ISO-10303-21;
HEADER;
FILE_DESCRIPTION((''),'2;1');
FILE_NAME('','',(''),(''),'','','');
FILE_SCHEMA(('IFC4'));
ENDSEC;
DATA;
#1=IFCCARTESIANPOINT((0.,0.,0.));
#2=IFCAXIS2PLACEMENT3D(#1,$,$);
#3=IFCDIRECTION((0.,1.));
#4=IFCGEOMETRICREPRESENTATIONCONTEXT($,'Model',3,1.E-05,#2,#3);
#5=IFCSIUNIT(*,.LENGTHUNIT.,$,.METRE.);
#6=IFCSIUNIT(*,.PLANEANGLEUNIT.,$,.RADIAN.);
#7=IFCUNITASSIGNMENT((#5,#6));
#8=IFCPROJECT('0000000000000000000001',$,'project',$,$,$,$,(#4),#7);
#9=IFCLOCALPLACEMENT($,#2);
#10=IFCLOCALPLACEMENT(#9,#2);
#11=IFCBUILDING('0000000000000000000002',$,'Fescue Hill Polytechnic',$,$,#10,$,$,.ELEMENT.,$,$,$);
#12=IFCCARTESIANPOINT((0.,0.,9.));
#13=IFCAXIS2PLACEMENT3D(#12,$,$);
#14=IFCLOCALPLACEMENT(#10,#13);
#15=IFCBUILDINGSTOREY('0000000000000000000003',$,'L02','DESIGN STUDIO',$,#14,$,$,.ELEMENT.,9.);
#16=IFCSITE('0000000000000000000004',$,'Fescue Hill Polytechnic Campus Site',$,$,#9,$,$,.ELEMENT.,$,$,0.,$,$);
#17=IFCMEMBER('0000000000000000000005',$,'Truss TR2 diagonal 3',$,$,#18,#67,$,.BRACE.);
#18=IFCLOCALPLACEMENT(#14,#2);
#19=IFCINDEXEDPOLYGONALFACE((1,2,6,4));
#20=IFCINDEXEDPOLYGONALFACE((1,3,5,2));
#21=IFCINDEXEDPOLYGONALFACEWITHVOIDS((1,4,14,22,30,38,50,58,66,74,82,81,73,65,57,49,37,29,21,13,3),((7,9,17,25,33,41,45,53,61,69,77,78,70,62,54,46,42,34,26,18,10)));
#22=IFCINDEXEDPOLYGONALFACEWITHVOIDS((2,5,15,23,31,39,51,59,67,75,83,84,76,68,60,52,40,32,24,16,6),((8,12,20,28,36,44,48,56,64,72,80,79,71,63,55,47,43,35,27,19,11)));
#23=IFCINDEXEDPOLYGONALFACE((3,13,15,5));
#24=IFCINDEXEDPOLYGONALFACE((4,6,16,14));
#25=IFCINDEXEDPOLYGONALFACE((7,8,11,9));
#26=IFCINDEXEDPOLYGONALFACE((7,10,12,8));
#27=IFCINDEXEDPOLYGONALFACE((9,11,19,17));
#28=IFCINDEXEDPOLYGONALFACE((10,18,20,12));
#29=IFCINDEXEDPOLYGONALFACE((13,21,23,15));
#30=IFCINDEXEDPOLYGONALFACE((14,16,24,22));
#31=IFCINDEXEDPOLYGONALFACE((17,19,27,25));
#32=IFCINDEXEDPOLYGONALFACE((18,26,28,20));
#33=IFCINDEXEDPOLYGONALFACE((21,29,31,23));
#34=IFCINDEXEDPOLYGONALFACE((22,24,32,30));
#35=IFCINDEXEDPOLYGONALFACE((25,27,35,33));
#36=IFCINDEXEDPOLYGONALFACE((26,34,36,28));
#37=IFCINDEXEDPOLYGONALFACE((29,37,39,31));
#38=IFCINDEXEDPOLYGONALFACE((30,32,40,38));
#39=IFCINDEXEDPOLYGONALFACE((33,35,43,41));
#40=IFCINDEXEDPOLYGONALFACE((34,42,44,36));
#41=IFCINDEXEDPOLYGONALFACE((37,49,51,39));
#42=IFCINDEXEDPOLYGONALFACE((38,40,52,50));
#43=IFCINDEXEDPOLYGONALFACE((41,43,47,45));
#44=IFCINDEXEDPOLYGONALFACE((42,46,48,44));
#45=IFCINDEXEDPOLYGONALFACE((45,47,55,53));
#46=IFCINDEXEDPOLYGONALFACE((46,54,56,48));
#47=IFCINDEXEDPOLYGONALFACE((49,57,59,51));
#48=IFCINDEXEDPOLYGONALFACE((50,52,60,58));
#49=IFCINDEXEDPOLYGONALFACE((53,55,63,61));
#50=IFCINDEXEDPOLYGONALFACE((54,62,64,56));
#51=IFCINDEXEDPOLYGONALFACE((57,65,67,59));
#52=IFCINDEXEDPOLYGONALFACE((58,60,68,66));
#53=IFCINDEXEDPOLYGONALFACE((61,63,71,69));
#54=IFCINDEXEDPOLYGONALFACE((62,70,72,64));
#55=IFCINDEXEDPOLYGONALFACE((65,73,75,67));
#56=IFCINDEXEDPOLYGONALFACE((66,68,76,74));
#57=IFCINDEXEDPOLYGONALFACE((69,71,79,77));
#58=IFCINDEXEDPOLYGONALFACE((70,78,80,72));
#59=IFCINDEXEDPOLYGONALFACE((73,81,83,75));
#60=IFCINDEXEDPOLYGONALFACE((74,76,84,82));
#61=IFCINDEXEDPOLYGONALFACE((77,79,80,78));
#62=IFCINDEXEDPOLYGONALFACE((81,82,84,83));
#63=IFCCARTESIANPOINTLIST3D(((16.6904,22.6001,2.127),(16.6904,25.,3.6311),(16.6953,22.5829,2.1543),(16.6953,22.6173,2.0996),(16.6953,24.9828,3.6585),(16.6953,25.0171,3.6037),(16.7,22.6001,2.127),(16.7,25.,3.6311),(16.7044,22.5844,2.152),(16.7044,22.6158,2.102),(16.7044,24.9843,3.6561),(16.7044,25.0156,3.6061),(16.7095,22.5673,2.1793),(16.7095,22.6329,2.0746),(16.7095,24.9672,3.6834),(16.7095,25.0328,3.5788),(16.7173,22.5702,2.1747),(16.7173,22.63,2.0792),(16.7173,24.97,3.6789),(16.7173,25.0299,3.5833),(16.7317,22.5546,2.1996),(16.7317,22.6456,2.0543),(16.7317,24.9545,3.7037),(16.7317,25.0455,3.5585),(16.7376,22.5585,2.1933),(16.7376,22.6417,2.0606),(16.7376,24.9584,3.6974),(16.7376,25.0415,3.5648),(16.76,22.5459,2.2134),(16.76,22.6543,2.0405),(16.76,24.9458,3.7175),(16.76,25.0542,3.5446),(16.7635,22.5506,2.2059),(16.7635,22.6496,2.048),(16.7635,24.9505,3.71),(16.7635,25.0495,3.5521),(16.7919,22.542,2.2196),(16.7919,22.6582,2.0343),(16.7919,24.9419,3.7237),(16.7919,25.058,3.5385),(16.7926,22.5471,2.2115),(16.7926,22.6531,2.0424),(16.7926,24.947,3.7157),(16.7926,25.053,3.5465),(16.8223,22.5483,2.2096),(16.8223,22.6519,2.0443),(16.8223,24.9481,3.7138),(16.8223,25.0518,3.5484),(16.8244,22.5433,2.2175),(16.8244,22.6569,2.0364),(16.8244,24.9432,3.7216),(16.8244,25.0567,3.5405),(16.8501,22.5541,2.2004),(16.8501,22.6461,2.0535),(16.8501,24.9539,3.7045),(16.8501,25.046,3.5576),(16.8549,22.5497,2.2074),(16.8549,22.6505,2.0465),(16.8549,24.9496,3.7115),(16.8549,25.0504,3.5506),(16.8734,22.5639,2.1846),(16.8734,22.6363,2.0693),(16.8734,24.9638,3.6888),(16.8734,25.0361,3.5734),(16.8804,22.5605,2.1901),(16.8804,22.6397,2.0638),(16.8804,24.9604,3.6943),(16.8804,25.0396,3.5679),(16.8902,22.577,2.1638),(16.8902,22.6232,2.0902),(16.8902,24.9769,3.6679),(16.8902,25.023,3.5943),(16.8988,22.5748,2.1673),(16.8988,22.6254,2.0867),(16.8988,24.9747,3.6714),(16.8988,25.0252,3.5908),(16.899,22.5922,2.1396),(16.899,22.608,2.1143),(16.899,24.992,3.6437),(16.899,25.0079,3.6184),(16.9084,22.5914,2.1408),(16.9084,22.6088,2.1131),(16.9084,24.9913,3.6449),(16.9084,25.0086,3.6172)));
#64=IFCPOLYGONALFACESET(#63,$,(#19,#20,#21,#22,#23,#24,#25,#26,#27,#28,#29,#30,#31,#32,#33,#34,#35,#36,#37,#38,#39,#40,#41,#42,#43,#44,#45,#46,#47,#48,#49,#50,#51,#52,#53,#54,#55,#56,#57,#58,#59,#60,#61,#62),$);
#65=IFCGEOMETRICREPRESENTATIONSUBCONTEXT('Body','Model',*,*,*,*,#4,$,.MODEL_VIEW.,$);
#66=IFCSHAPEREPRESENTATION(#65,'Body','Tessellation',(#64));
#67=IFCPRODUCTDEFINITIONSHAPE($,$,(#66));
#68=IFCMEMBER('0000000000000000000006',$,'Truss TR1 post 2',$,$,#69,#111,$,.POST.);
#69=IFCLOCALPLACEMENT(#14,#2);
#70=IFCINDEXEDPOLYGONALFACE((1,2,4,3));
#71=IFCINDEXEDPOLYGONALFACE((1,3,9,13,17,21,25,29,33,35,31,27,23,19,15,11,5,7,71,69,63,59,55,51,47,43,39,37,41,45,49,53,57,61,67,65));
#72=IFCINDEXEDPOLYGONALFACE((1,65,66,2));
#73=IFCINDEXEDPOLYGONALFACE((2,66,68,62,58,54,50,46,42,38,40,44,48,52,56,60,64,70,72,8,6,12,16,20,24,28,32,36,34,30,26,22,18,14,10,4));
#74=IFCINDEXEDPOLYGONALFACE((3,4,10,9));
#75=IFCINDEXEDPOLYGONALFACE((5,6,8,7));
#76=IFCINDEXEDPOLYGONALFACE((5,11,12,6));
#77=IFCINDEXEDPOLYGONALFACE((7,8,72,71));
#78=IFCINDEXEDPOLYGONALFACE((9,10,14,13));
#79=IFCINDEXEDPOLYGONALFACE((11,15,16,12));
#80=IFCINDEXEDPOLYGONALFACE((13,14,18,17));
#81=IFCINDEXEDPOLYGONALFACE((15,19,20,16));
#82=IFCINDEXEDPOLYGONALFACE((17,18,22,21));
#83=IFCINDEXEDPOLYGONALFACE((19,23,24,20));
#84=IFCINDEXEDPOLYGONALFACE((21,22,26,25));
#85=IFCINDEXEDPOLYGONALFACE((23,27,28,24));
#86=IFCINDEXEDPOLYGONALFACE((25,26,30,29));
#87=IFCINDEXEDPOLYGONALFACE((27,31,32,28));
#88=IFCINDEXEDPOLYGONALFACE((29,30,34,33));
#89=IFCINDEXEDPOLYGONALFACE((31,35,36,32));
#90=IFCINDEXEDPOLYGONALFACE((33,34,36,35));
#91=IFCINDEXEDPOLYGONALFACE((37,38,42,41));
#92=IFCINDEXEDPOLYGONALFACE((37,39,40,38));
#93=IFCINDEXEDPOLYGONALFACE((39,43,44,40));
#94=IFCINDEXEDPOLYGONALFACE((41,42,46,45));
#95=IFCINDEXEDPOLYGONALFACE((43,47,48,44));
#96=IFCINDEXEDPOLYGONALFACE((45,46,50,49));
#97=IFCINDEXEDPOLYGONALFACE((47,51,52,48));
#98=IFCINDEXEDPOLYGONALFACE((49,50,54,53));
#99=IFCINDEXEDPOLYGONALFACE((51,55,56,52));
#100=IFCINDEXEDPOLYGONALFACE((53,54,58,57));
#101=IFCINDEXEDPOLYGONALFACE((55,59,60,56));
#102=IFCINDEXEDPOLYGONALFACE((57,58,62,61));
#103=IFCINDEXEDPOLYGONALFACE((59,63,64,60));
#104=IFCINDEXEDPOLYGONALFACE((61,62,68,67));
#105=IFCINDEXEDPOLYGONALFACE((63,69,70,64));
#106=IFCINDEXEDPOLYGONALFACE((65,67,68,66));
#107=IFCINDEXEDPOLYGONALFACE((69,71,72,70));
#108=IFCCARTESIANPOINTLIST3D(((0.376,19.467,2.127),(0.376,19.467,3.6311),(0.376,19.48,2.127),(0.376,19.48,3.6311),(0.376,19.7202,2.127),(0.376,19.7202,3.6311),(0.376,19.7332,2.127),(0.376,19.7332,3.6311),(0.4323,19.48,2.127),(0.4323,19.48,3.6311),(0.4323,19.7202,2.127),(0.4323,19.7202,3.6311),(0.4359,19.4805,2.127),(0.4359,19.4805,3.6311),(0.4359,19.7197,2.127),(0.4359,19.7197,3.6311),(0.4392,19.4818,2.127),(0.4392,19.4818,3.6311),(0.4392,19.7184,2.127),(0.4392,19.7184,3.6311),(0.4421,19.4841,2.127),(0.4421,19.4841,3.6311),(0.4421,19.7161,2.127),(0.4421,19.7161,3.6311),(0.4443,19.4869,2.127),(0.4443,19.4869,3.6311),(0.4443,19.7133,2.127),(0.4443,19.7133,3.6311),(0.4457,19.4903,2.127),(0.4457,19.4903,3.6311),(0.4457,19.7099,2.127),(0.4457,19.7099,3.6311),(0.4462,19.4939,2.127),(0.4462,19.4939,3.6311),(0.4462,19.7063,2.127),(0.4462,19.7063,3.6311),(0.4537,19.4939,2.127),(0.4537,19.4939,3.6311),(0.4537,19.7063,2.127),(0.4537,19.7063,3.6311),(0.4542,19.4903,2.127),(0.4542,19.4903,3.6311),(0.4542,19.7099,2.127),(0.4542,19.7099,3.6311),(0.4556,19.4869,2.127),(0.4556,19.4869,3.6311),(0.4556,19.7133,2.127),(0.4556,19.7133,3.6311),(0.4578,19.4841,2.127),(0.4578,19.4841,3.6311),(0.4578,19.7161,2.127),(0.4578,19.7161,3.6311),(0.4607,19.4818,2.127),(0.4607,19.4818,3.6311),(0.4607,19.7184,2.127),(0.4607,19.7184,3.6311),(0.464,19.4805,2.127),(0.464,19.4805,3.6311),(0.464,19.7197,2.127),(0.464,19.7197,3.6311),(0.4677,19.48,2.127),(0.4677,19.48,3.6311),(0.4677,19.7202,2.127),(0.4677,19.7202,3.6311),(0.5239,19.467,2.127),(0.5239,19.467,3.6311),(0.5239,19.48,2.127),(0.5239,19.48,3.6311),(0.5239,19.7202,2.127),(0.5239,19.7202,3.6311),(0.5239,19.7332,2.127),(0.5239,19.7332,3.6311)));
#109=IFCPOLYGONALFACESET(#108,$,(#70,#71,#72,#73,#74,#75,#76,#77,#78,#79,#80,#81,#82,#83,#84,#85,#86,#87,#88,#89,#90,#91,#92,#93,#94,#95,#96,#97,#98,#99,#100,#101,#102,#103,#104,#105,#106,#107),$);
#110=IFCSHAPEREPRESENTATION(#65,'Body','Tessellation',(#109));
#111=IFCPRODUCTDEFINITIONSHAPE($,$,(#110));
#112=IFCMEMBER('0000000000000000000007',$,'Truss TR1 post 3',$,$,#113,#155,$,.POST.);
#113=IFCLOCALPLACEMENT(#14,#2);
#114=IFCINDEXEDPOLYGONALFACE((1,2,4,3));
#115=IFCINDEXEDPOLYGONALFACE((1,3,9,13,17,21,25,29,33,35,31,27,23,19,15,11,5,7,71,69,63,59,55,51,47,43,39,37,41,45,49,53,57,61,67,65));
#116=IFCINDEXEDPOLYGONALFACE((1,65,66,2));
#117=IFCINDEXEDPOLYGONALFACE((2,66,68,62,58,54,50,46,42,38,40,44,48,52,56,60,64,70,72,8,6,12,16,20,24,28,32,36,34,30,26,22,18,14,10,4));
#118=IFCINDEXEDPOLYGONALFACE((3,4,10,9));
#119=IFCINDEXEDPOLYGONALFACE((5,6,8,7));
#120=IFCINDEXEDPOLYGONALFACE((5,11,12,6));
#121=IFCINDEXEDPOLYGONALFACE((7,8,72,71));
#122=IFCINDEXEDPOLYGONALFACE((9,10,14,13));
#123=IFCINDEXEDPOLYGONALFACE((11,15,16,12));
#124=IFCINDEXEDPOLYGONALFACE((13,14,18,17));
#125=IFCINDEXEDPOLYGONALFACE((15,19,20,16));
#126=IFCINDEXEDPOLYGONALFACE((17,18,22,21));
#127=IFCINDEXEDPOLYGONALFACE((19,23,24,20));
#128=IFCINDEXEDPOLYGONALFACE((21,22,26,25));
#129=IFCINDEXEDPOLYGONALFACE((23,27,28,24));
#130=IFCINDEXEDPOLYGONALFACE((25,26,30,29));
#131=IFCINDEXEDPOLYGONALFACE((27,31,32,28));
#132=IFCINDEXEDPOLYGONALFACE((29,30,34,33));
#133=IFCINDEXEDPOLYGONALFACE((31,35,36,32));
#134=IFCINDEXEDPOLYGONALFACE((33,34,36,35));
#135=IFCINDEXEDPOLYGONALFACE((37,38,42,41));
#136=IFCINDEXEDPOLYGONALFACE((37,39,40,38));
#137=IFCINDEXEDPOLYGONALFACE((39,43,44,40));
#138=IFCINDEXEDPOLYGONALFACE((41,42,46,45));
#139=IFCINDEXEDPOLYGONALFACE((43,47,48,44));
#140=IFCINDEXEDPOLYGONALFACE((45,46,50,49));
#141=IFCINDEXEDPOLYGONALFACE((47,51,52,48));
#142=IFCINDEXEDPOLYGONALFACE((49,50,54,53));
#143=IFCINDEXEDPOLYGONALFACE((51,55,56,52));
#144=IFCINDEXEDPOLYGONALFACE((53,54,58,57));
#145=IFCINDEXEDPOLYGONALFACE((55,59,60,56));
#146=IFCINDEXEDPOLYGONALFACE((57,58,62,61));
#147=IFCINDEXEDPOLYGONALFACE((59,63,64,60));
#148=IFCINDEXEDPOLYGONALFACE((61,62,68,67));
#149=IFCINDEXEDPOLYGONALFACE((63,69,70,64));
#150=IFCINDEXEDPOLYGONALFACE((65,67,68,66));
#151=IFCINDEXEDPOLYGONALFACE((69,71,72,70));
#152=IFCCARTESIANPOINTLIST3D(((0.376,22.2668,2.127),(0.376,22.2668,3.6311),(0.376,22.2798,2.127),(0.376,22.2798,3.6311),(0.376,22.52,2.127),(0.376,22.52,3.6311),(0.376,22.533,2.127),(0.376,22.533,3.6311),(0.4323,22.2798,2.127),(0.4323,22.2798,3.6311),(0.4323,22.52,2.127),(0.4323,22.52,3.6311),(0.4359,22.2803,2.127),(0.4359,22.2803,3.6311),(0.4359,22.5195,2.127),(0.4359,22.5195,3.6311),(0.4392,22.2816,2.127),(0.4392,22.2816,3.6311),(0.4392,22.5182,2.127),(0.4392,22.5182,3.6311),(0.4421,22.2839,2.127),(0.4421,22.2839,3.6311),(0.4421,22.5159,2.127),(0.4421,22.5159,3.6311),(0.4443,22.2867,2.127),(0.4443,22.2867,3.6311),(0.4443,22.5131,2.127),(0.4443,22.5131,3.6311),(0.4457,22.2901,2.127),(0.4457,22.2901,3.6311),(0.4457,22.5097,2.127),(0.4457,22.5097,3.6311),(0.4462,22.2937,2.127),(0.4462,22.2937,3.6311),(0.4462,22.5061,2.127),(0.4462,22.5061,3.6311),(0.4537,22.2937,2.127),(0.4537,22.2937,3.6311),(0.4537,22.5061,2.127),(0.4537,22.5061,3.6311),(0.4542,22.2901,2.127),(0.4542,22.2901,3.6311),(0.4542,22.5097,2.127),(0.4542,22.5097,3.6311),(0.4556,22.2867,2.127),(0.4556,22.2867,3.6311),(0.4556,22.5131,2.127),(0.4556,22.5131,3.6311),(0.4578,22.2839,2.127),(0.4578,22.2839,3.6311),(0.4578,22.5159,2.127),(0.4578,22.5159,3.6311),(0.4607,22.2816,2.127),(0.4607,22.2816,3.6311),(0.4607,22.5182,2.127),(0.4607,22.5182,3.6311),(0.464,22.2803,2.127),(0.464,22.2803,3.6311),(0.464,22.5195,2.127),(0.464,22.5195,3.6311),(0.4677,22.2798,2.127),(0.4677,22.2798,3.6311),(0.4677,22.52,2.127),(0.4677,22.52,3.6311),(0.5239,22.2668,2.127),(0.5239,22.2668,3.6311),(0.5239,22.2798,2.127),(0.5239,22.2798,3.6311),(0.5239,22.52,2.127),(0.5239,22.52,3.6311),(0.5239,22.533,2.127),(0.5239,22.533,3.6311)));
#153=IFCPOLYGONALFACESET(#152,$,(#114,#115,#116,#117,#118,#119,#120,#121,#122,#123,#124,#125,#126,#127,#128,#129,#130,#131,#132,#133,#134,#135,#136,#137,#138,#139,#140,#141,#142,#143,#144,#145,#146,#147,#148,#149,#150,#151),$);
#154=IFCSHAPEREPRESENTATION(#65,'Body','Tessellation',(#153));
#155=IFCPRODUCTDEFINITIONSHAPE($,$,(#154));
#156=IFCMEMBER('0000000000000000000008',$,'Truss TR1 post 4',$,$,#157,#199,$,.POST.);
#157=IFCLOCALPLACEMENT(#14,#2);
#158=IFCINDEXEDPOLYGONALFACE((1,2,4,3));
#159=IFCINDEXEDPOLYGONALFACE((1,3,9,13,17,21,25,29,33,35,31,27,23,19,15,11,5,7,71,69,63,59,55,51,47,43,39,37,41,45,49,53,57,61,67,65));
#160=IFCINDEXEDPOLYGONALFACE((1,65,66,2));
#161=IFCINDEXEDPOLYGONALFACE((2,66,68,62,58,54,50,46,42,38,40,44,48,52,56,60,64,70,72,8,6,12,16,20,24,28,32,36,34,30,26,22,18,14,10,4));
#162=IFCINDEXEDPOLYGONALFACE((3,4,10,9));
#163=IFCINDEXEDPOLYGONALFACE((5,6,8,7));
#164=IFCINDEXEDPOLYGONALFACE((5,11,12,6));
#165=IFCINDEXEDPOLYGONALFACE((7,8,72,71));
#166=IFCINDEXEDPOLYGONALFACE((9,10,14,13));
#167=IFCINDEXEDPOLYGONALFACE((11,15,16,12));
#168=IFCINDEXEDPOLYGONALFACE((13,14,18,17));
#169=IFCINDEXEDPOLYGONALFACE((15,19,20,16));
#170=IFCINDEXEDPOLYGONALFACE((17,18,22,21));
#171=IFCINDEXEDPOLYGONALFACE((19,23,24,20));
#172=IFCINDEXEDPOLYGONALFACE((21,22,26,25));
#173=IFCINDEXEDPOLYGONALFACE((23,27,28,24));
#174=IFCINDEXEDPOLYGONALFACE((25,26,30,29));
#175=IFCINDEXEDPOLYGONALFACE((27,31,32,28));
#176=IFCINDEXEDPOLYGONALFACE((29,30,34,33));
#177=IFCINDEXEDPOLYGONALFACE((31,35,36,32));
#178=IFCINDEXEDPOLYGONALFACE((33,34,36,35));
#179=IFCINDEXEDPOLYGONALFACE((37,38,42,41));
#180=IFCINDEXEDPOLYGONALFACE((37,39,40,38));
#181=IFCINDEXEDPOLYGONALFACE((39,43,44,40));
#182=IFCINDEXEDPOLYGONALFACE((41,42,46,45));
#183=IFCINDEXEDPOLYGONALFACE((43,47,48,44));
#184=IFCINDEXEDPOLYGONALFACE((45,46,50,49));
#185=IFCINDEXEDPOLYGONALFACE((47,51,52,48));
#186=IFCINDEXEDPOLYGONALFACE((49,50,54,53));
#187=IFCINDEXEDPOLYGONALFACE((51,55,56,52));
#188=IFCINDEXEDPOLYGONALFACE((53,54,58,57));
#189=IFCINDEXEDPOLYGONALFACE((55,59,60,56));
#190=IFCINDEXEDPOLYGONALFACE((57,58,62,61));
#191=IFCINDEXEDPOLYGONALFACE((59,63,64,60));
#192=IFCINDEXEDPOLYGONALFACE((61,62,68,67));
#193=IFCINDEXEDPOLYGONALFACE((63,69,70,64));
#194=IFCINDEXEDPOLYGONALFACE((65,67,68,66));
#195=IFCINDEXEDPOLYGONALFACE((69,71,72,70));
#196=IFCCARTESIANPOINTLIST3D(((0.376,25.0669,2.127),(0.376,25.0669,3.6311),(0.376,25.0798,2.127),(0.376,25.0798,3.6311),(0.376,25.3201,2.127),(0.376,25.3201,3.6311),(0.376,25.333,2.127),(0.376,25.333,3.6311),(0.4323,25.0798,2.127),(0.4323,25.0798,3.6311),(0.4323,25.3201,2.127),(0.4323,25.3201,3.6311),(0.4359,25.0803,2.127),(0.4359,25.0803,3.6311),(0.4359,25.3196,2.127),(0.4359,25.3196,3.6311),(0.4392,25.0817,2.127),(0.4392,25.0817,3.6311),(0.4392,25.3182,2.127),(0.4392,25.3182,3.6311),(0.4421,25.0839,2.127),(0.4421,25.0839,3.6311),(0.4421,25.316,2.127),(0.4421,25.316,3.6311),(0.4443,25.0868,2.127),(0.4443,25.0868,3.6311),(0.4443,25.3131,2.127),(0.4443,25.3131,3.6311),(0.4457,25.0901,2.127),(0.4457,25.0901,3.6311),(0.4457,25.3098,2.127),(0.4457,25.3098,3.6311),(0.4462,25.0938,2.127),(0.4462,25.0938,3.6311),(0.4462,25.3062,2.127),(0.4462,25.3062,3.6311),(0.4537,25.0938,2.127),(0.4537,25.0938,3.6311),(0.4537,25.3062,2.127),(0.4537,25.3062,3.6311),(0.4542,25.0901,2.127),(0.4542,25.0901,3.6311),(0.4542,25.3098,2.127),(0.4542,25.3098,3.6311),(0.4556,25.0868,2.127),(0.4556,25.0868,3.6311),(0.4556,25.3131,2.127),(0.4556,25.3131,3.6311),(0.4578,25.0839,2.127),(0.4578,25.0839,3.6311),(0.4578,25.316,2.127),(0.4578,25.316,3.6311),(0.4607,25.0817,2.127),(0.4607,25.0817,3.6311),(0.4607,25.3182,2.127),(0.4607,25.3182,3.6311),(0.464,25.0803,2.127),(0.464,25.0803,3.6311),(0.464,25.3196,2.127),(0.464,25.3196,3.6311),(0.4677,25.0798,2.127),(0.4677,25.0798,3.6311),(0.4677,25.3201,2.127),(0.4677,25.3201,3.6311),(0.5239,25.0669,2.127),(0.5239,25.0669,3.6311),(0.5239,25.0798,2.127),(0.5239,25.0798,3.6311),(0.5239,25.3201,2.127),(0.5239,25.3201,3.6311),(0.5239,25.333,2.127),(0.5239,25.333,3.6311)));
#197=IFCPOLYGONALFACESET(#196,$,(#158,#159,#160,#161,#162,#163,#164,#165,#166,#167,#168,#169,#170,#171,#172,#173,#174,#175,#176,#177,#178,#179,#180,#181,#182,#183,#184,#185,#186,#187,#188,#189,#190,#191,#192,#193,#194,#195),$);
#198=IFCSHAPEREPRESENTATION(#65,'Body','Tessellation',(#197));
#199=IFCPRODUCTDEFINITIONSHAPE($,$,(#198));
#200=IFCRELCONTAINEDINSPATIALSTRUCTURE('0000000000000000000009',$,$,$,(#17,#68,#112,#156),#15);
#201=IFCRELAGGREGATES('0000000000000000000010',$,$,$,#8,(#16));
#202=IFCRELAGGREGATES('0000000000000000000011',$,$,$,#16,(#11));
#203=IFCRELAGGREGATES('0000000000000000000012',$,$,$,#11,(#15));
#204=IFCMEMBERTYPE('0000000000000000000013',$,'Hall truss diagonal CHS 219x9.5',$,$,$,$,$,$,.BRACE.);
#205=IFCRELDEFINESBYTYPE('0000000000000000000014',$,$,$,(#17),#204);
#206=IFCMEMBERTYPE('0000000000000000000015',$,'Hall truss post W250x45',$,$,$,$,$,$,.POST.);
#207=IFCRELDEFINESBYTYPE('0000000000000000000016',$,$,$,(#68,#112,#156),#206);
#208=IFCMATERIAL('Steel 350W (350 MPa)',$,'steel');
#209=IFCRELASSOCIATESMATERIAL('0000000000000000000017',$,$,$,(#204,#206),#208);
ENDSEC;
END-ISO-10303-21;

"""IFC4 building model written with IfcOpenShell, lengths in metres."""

from ifc_helpers import new_model, si_unit, direction, frame, origin, origin_2d, place, context, subcontext, project, spatial, hollow_circle, i_section, extrude, material, material_profile, profile_set, type_object, element, save


model = new_model("IFC4")

# Units and contexts
model_context = context("Model", 3, precision=1e-05, world=origin(), true_north=direction((0.0, 1.0)))
body_context = subcontext(model_context, "Body", "Model", "MODEL_VIEW")
ifc_project = project(units=[si_unit("LENGTHUNIT", "METRE"), si_unit("PLANEANGLEUNIT", "RADIAN")], contexts=[model_context])

# Site, building, storey
site_placement = place(None, origin())
site = spatial("IfcSite", under=ifc_project, at=site_placement, Name="Fescue Hill Polytechnic Campus Site", CompositionType="ELEMENT", RefElevation=0.0)
building_placement = place(site_placement, origin())
building = spatial("IfcBuilding", under=site, at=building_placement, Name="Fescue Hill Polytechnic", CompositionType="ELEMENT")
storey_placement = place(building_placement, frame((0.0, 0.0, 9.0)))
storey = spatial("IfcBuildingStorey", under=building, at=storey_placement, Name="L02", Description="DESIGN STUDIO", CompositionType="ELEMENT", Elevation=9.0)

# Members
ifc_material_1 = material(Name="Steel 350W (350 MPa)", Category="steel")
ifc_material_profile_1 = material_profile(ifc_material_1, hollow_circle(Radius=0.1096, WallThickness=0.0095, at=origin_2d()), Name="Hall truss diagonal CHS 219x9.5")
ifc_profile_set_1 = profile_set([ifc_material_profile_1], Name="Steel 350W (350 MPa)")
member_type_1 = type_object("IfcMemberType", Name="Hall truss diagonal CHS 219x9.5", PredefinedType="BRACE", material=ifc_profile_set_1)
for number, where, z_axis, x_axis, name in (
    (1, (16.8, 22.6001, 2.127), (0.0, 0.847329, 0.531068), (-1.0, 0.0, 0.0), "Truss TR2 diagonal 3"),
):
    element("IfcMember", number, at=place(storey_placement, frame(where, z_axis=z_axis, x_axis=x_axis)), inside=storey, type_object=member_type_1, Name=name, PredefinedType="BRACE", context=body_context, shape_type="SweptSolid", body=[
        extrude(hollow_circle(Radius=0.1096, WallThickness=0.0095, at=origin_2d()), origin(), (0.0, 0.0, 1.0), 2.8323),
    ])
ifc_material_profile_2 = material_profile(ifc_material_1, i_section(OverallWidth=0.1479, OverallDepth=0.2661, WebThickness=0.0076, FlangeThickness=0.0129, FilletRadius=0.0139, at=origin_2d()), Name="W250x45")
ifc_profile_set_2 = profile_set([ifc_material_profile_2], Name="Steel 350W (350 MPa)")
member_type_2 = type_object("IfcMemberType", Name="Hall truss post W250x45", PredefinedType="POST", material=ifc_profile_set_2)
for number, where, z_axis, x_axis, name in (
    (2, (0.45, 19.6001, 2.127), (0.0, 0.0, 1.0), (1.0, 0.0, 0.0), "Truss TR1 post 2"),
    (3, (0.45, 22.3999, 2.127), (0.0, 0.0, 1.0), (1.0, 0.0, 0.0), "Truss TR1 post 3"),
    (4, (0.45, 25.2, 2.127), (0.0, 0.0, 1.0), (1.0, 0.0, 0.0), "Truss TR1 post 4"),
):
    element("IfcMember", number, at=place(storey_placement, frame(where, z_axis=z_axis, x_axis=x_axis)), inside=storey, type_object=member_type_2, Name=name, PredefinedType="POST", context=body_context, shape_type="SweptSolid", body=[
        extrude(i_section(OverallWidth=0.1479, OverallDepth=0.2661, WebThickness=0.0076, FlangeThickness=0.0129, FilletRadius=0.0139, at=origin_2d()), origin(), (0.0, 0.0, 1.0), 1.5042),
    ])

save(model, "model.ifc")
